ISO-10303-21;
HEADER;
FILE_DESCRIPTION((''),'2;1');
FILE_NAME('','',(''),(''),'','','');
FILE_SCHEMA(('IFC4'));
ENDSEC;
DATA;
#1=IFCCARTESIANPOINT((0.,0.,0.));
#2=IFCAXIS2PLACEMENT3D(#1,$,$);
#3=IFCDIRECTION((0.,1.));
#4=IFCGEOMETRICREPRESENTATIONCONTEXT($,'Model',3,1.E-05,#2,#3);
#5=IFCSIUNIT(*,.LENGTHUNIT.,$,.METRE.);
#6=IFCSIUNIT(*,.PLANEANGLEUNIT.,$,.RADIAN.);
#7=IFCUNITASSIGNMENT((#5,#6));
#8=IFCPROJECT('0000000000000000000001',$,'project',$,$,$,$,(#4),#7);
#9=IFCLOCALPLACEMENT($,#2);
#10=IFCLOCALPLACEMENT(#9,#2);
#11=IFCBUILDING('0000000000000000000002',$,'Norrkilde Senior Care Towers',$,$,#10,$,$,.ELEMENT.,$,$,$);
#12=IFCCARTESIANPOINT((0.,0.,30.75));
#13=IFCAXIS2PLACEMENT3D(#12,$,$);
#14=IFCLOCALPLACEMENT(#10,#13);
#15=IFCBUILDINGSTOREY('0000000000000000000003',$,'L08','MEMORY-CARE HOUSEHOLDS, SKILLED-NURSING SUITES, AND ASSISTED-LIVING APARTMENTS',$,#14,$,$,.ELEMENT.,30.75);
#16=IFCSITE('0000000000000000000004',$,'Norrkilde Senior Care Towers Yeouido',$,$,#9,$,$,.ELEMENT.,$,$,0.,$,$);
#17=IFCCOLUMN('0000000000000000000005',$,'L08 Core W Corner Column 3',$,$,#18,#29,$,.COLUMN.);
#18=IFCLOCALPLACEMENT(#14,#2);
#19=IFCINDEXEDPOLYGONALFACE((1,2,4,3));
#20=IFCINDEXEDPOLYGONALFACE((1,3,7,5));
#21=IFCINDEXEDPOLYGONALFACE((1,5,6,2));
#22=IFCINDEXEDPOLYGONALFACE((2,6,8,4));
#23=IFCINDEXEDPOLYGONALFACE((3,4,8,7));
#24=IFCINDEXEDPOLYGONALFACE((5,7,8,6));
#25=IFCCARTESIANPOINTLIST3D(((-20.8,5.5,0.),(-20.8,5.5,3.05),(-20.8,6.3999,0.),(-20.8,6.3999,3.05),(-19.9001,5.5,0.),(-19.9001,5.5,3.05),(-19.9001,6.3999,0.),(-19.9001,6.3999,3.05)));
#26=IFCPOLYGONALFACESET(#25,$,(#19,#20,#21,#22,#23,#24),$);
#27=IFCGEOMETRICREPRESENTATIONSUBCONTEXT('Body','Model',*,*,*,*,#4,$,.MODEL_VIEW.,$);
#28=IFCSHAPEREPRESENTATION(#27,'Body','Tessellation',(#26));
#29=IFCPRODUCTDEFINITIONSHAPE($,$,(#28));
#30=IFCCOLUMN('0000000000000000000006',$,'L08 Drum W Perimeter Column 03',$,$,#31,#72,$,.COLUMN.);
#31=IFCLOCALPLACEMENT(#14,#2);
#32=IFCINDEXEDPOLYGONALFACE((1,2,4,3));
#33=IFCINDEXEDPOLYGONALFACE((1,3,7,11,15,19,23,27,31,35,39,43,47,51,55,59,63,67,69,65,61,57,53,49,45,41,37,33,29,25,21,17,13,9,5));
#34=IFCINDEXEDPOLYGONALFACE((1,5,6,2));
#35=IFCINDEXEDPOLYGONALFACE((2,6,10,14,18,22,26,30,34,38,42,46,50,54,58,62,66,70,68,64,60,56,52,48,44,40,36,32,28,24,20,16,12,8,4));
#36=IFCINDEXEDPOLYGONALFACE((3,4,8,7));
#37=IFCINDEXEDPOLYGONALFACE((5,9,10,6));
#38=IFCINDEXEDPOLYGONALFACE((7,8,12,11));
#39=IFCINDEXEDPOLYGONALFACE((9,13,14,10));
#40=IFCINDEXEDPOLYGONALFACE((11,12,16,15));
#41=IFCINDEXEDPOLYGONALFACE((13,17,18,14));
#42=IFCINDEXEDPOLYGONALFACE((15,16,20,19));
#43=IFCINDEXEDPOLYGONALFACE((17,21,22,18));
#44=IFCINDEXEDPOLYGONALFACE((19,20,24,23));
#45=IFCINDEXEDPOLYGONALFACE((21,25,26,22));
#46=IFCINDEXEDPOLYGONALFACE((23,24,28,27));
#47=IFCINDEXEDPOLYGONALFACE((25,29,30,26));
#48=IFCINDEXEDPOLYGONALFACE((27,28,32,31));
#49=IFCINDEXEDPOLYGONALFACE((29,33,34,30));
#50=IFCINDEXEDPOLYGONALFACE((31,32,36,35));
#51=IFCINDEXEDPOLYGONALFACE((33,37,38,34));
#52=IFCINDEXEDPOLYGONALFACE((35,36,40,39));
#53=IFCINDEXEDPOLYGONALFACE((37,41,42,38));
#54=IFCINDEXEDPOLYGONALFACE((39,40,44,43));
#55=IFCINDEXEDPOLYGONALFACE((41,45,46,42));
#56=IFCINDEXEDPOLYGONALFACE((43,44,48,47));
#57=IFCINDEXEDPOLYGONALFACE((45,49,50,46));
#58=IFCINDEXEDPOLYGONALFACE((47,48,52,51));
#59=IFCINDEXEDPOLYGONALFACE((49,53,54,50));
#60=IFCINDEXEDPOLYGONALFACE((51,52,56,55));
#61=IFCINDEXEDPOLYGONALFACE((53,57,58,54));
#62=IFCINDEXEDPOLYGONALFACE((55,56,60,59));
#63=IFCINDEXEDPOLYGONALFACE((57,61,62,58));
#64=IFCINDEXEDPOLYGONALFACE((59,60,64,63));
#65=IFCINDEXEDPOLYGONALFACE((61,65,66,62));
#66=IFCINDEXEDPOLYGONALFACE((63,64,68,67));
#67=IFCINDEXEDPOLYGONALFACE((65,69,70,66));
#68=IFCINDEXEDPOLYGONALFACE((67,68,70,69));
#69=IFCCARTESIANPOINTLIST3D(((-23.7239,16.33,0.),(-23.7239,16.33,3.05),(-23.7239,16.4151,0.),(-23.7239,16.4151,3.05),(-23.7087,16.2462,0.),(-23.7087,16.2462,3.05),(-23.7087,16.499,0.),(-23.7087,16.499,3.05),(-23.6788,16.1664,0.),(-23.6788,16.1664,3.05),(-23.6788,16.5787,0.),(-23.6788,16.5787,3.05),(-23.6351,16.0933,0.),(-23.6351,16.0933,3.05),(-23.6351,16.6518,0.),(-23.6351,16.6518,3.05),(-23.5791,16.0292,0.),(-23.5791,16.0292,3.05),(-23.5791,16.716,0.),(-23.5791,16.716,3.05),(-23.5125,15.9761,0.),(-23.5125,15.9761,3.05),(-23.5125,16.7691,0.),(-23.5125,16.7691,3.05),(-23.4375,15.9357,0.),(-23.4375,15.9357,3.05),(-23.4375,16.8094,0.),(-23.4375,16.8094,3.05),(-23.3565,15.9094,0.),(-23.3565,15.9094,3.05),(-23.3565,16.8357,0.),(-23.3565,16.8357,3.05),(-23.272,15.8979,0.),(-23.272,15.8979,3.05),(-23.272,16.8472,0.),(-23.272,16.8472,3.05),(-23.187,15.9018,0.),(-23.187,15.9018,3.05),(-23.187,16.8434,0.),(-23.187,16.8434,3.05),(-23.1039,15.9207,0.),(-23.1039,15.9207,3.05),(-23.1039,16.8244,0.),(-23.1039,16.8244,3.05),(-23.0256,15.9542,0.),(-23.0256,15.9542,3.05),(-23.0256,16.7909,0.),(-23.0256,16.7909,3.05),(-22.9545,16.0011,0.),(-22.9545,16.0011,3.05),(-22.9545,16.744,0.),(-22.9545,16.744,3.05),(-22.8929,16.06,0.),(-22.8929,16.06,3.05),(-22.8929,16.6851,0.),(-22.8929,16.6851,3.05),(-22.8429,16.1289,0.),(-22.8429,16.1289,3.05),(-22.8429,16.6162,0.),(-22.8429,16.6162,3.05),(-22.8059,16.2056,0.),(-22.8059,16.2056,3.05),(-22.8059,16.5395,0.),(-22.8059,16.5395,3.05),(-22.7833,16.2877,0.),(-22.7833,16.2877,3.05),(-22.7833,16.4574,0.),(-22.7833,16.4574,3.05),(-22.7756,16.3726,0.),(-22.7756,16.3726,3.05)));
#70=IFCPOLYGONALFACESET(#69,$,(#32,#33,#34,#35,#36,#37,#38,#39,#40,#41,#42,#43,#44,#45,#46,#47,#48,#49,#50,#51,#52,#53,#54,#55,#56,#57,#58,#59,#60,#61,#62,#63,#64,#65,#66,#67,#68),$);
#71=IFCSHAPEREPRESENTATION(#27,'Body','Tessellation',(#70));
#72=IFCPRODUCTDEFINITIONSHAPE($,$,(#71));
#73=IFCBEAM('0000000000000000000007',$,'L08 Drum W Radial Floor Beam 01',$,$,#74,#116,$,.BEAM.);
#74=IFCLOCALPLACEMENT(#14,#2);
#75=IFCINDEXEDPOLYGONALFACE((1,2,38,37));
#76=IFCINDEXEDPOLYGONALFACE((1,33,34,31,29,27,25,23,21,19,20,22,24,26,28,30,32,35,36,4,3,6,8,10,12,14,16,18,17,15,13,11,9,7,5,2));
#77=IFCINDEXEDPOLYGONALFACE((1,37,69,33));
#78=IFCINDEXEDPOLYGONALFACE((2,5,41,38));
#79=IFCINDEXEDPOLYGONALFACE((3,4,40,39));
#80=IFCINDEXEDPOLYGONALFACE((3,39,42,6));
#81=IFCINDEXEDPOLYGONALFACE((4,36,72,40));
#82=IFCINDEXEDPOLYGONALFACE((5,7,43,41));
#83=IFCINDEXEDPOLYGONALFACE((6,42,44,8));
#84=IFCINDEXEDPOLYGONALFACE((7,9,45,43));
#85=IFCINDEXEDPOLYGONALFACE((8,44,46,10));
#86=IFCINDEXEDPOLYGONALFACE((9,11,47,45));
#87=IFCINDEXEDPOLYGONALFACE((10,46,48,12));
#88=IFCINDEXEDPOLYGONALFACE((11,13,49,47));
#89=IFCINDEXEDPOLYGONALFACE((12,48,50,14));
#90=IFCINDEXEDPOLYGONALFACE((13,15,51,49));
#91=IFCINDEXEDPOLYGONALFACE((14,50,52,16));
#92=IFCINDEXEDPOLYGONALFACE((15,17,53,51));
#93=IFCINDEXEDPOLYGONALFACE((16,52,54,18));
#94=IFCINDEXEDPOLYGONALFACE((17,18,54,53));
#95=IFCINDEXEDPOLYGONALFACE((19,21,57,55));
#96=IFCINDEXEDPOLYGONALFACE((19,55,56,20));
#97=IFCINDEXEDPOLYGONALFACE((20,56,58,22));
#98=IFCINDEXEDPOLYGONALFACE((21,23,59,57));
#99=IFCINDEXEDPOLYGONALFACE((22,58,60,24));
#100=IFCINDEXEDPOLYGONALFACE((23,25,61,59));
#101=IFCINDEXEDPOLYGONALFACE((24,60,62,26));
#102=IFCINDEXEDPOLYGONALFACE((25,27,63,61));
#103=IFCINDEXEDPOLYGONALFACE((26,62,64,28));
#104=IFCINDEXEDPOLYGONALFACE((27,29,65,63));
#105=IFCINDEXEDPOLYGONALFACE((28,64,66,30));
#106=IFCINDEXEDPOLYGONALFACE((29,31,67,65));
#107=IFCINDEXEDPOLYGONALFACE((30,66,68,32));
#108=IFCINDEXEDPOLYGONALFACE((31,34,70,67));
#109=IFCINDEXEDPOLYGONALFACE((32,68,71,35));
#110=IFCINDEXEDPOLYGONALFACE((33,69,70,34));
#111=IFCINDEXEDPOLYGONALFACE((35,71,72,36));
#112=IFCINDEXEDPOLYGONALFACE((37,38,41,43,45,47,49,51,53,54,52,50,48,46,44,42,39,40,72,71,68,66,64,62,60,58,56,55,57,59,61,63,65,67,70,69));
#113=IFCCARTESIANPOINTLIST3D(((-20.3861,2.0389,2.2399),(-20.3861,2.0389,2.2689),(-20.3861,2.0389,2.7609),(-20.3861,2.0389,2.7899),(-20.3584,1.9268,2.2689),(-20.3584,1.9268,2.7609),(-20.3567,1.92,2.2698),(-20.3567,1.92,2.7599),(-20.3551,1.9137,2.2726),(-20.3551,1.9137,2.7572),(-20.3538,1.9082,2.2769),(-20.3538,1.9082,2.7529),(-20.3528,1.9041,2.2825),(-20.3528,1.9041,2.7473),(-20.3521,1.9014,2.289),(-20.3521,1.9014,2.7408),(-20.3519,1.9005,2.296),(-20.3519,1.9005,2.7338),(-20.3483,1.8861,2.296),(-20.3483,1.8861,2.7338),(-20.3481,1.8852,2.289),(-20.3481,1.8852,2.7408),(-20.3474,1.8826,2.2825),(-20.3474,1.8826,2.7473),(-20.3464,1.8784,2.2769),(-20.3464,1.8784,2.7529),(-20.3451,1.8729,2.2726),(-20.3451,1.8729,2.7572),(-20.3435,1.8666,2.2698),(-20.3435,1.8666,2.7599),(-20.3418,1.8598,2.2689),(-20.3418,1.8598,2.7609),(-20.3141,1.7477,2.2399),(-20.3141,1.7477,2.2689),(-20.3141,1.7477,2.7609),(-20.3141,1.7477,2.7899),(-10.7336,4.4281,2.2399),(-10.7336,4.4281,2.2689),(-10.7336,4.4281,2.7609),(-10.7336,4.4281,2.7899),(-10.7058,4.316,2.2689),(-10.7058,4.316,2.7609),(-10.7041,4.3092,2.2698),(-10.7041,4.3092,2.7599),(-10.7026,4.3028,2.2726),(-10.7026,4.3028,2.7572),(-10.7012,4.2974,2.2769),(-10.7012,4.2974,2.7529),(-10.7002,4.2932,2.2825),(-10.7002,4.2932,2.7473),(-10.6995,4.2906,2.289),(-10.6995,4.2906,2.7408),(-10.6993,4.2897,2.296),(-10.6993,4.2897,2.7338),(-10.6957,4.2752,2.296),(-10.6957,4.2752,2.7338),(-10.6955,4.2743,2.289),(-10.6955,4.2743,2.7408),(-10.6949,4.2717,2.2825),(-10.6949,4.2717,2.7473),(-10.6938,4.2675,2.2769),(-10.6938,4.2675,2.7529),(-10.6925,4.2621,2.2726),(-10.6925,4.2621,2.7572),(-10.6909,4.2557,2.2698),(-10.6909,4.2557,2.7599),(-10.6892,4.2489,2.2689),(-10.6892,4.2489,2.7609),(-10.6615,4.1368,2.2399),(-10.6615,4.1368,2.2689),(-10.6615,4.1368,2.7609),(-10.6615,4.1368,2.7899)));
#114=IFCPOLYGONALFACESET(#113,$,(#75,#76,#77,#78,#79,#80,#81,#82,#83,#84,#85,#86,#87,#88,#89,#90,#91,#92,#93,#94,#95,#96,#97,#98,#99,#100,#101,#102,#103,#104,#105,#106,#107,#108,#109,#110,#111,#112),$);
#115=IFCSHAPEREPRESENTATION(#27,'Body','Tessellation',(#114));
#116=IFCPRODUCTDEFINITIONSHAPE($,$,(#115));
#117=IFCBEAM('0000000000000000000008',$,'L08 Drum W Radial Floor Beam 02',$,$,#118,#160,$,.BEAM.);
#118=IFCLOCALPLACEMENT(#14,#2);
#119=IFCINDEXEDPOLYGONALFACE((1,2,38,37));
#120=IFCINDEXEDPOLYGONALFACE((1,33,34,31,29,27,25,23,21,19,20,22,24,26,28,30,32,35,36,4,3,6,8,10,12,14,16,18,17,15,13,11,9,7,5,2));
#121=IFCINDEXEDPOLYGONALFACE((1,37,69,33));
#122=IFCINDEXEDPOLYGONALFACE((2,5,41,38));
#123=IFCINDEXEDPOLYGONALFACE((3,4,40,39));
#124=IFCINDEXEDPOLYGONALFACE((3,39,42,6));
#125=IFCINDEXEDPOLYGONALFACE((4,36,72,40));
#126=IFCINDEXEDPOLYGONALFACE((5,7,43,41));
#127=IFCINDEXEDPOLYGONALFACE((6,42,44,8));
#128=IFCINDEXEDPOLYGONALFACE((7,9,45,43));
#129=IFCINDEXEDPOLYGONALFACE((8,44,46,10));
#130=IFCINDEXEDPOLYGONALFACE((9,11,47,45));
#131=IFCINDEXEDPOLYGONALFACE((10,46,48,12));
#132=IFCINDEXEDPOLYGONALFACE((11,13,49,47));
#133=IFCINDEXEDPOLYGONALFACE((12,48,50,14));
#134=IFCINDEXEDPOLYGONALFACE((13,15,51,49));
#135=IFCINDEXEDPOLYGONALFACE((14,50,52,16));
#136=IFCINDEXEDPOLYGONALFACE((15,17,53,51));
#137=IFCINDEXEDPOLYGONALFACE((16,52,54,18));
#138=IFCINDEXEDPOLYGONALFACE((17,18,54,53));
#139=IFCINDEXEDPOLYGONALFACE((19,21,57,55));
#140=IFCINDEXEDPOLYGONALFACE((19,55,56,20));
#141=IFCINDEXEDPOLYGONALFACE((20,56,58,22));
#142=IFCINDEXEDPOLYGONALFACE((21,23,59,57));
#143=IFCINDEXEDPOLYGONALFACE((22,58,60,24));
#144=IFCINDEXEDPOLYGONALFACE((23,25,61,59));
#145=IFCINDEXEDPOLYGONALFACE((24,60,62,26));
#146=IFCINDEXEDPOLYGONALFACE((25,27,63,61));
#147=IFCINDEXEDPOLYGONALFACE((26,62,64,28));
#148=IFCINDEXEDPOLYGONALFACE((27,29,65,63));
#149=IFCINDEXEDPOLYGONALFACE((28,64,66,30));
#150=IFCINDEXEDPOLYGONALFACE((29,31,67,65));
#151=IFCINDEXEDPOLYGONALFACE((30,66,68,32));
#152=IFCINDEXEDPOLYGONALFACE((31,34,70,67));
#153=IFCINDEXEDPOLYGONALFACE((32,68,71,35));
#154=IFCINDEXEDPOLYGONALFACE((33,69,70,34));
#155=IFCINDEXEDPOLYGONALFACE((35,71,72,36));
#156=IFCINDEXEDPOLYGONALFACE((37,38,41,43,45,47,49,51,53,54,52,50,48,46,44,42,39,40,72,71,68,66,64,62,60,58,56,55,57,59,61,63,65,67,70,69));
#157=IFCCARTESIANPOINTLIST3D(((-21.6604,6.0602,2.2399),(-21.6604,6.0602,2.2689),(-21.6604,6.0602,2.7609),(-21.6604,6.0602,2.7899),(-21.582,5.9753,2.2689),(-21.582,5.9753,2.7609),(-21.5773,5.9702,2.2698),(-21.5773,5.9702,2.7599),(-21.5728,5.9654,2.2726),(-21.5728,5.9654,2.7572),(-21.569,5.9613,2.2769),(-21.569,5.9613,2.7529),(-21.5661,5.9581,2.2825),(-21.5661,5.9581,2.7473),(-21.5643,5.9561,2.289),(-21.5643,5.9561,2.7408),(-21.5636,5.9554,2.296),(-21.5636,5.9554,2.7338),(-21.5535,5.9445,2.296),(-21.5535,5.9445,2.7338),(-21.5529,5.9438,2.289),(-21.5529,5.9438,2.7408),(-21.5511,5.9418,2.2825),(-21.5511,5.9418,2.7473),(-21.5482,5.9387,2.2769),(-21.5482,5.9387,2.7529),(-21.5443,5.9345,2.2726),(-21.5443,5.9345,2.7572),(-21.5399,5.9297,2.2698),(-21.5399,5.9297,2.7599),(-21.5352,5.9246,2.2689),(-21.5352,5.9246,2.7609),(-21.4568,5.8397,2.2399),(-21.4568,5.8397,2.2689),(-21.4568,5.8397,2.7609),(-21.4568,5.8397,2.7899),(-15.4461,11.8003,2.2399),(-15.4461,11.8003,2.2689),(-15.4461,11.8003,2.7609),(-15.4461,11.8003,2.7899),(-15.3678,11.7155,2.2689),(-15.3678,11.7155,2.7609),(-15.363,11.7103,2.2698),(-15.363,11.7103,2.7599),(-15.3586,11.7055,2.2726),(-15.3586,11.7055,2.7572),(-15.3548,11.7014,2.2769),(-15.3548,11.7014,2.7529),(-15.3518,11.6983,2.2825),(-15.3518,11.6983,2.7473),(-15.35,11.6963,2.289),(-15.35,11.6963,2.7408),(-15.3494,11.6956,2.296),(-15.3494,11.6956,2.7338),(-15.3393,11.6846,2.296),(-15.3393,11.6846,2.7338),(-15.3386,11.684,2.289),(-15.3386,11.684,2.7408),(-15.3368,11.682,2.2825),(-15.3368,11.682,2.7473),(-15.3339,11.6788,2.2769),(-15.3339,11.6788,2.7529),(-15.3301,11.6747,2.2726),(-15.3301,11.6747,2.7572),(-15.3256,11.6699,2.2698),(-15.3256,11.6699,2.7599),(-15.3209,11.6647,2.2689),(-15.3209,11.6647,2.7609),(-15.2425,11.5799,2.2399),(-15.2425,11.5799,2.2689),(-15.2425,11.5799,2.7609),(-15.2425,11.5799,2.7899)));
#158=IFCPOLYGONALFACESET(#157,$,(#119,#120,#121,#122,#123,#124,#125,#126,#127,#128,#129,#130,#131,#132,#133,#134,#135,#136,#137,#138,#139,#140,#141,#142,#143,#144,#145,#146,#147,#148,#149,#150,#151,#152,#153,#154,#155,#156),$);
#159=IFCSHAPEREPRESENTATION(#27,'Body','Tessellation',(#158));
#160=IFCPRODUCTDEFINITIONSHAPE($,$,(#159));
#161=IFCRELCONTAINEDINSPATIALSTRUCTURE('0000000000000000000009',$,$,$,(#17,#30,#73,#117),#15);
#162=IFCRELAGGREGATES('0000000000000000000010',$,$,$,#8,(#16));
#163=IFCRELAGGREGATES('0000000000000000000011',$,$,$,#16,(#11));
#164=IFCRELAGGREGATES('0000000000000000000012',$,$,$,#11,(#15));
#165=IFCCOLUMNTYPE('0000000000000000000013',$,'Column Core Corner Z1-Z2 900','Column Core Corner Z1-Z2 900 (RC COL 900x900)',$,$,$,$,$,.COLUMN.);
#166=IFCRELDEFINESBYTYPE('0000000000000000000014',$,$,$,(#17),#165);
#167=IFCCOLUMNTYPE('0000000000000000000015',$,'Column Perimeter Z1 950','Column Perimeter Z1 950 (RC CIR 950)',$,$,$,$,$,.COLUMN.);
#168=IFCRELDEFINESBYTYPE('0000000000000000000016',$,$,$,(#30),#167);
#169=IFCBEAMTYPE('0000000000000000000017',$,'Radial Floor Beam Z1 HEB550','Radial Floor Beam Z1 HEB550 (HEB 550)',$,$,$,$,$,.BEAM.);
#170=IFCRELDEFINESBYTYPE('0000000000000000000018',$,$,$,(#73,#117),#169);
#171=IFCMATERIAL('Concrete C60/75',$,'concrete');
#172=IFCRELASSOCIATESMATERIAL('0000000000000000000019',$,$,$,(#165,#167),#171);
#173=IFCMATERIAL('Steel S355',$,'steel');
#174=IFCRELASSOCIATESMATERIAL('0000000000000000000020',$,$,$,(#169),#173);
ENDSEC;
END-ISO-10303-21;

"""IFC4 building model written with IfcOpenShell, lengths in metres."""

from ifc_helpers import new_model, si_unit, direction, frame, origin, origin_2d, place, context, subcontext, project, spatial, rectangle, circle, i_section, extrude, source, transform, mapped, material, material_profile, profile_set, type_object, type_shapes, element, save


model = new_model("IFC4")

# Units and contexts
model_context = context("Model", 3, precision=1e-05, world=origin(), true_north=direction((0.0, 1.0)))
body_context = subcontext(model_context, "Body", "Model", "MODEL_VIEW")
ifc_project = project(units=[si_unit("LENGTHUNIT", "METRE"), si_unit("PLANEANGLEUNIT", "RADIAN")], contexts=[model_context])

# Site, building, storey
site_placement = place(None, origin())
site = spatial("IfcSite", under=ifc_project, at=site_placement, Name="Norrkilde Senior Care Towers Yeouido", CompositionType="ELEMENT", RefElevation=0.0)
building_placement = place(site_placement, origin())
building = spatial("IfcBuilding", under=site, at=building_placement, Name="Norrkilde Senior Care Towers", CompositionType="ELEMENT")
storey_placement = place(building_placement, frame((0.0, 0.0, 30.75)))
storey = spatial("IfcBuildingStorey", under=building, at=storey_placement, Name="L08", Description="MEMORY-CARE HOUSEHOLDS, SKILLED-NURSING SUITES, AND ASSISTED-LIVING APARTMENTS", CompositionType="ELEMENT", Elevation=30.75)

# Columns
ifc_material_1 = material(Name="Concrete C60/75", Category="concrete")
ifc_material_profile_1 = material_profile(ifc_material_1, rectangle(XDim=0.8999, YDim=0.8999, at=origin_2d()), Name="RC COL 900x900")
ifc_profile_set_1 = profile_set([ifc_material_profile_1], Name="Concrete C60/75")
column_type_1 = type_object("IfcColumnType", Name="Column Core Corner Z1-Z2 900", Description="Column Core Corner Z1-Z2 900 (RC COL 900x900)", PredefinedType="COLUMN", material=ifc_profile_set_1)
shared_shape_1 = source(origin(), body_context, "Body", "SweptSolid", [
    extrude(rectangle(XDim=0.8999, YDim=0.8999, at=origin_2d()), origin(), (0.0, 0.0, 1.0), 3.05),
])
type_shapes(column_type_1, [shared_shape_1])
column_1_placement = place(storey_placement, frame((-20.3501, 5.95, 0.0), z_axis=(0.0, 0.0, 1.0), x_axis=(1.0, 0.0, 0.0)))
element("IfcColumn", 1, at=column_1_placement, inside=storey, type_object=column_type_1, Name="L08 Core W Corner Column 3", PredefinedType="COLUMN", context=body_context, shape_type="MappedRepresentation", body=[
    mapped(shared_shape_1, transform((0.0, 0.0, 0.0), x_axis=(1.0, 0.0, 0.0), y_axis=(0.0, 1.0, 0.0), z_axis=(0.0, 0.0, 1.0), scale=1.0)),
])
ifc_material_profile_2 = material_profile(ifc_material_1, circle(Radius=0.4751, at=origin_2d()), Name="RC CIR 950")
ifc_profile_set_2 = profile_set([ifc_material_profile_2], Name="Concrete C60/75")
column_type_2 = type_object("IfcColumnType", Name="Column Perimeter Z1 950", Description="Column Perimeter Z1 950 (RC CIR 950)", PredefinedType="COLUMN", material=ifc_profile_set_2)
shared_shape_2 = source(origin(), body_context, "Body", "SweptSolid", [
    extrude(circle(Radius=0.4751, at=origin_2d()), origin(), (0.0, 0.0, 1.0), 3.05),
])
type_shapes(column_type_2, [shared_shape_2])
column_2_placement = place(storey_placement, frame((-23.2507, 16.3726, 0.0), z_axis=(0.0, 0.0, 1.0), x_axis=(1.0, 0.0, 0.0)))
element("IfcColumn", 2, at=column_2_placement, inside=storey, type_object=column_type_2, Name="L08 Drum W Perimeter Column 03", PredefinedType="COLUMN", context=body_context, shape_type="MappedRepresentation", body=[
    mapped(shared_shape_2, transform((0.0, 0.0, 0.0), x_axis=(1.0, 0.0, 0.0), y_axis=(0.0, 1.0, 0.0), z_axis=(0.0, 0.0, 1.0), scale=1.0)),
])

# Beams
ifc_material_2 = material(Name="Steel S355", Category="steel")
ifc_material_profile_3 = material_profile(ifc_material_2, i_section(OverallWidth=0.3, OverallDepth=0.55, WebThickness=0.0149, FlangeThickness=0.0291, FilletRadius=0.0271, at=origin_2d()), Name="HEB 550")
ifc_profile_set_3 = profile_set([ifc_material_profile_3], Name="Steel S355")
beam_type_1 = type_object("IfcBeamType", Name="Radial Floor Beam Z1 HEB550", Description="Radial Floor Beam Z1 HEB550 (HEB 550)", PredefinedType="BEAM", material=ifc_profile_set_3)
shared_shape_3 = source(origin(), body_context, "Body", "SweptSolid", [
    extrude(i_section(OverallWidth=0.3, OverallDepth=0.55, WebThickness=0.0149, FlangeThickness=0.0291, FilletRadius=0.0271, at=origin_2d()), origin(), (0.0, 0.0, 1.0), 9.9438),
])
beam_1_placement = place(storey_placement, frame((-20.3501, 1.8933, 2.5149), z_axis=(0.970707, 0.240265, 0.0), x_axis=(-0.240265, 0.970707, 0.0)))
element("IfcBeam", 3, at=beam_1_placement, inside=storey, type_object=beam_type_1, Name="L08 Drum W Radial Floor Beam 01", PredefinedType="BEAM", context=body_context, shape_type="MappedRepresentation", body=[
    mapped(shared_shape_3, transform((0.0, 0.0, 0.0), x_axis=(1.0, 0.0, 0.0), y_axis=(0.0, 1.0, 0.0), z_axis=(0.0, 0.0, 1.0), scale=1.0)),
])
shared_shape_4 = source(origin(), body_context, "Body", "SweptSolid", [
    extrude(i_section(OverallWidth=0.3, OverallDepth=0.55, WebThickness=0.0149, FlangeThickness=0.0291, FilletRadius=0.0271, at=origin_2d()), origin(), (0.0, 0.0, 1.0), 8.4597),
])
beam_2_placement = place(storey_placement, frame((-21.5586, 5.95, 2.5149), z_axis=(0.734573, 0.678529, 0.0), x_axis=(-0.678529, 0.734573, 0.0)))
element("IfcBeam", 4, at=beam_2_placement, inside=storey, type_object=beam_type_1, Name="L08 Drum W Radial Floor Beam 02", PredefinedType="BEAM", context=body_context, shape_type="MappedRepresentation", body=[
    mapped(shared_shape_4, transform((0.0, 0.0, 0.0), x_axis=(1.0, 0.0, 0.0), y_axis=(0.0, 1.0, 0.0), z_axis=(0.0, 0.0, 1.0), scale=1.0)),
])

save(model, "model.ifc")
